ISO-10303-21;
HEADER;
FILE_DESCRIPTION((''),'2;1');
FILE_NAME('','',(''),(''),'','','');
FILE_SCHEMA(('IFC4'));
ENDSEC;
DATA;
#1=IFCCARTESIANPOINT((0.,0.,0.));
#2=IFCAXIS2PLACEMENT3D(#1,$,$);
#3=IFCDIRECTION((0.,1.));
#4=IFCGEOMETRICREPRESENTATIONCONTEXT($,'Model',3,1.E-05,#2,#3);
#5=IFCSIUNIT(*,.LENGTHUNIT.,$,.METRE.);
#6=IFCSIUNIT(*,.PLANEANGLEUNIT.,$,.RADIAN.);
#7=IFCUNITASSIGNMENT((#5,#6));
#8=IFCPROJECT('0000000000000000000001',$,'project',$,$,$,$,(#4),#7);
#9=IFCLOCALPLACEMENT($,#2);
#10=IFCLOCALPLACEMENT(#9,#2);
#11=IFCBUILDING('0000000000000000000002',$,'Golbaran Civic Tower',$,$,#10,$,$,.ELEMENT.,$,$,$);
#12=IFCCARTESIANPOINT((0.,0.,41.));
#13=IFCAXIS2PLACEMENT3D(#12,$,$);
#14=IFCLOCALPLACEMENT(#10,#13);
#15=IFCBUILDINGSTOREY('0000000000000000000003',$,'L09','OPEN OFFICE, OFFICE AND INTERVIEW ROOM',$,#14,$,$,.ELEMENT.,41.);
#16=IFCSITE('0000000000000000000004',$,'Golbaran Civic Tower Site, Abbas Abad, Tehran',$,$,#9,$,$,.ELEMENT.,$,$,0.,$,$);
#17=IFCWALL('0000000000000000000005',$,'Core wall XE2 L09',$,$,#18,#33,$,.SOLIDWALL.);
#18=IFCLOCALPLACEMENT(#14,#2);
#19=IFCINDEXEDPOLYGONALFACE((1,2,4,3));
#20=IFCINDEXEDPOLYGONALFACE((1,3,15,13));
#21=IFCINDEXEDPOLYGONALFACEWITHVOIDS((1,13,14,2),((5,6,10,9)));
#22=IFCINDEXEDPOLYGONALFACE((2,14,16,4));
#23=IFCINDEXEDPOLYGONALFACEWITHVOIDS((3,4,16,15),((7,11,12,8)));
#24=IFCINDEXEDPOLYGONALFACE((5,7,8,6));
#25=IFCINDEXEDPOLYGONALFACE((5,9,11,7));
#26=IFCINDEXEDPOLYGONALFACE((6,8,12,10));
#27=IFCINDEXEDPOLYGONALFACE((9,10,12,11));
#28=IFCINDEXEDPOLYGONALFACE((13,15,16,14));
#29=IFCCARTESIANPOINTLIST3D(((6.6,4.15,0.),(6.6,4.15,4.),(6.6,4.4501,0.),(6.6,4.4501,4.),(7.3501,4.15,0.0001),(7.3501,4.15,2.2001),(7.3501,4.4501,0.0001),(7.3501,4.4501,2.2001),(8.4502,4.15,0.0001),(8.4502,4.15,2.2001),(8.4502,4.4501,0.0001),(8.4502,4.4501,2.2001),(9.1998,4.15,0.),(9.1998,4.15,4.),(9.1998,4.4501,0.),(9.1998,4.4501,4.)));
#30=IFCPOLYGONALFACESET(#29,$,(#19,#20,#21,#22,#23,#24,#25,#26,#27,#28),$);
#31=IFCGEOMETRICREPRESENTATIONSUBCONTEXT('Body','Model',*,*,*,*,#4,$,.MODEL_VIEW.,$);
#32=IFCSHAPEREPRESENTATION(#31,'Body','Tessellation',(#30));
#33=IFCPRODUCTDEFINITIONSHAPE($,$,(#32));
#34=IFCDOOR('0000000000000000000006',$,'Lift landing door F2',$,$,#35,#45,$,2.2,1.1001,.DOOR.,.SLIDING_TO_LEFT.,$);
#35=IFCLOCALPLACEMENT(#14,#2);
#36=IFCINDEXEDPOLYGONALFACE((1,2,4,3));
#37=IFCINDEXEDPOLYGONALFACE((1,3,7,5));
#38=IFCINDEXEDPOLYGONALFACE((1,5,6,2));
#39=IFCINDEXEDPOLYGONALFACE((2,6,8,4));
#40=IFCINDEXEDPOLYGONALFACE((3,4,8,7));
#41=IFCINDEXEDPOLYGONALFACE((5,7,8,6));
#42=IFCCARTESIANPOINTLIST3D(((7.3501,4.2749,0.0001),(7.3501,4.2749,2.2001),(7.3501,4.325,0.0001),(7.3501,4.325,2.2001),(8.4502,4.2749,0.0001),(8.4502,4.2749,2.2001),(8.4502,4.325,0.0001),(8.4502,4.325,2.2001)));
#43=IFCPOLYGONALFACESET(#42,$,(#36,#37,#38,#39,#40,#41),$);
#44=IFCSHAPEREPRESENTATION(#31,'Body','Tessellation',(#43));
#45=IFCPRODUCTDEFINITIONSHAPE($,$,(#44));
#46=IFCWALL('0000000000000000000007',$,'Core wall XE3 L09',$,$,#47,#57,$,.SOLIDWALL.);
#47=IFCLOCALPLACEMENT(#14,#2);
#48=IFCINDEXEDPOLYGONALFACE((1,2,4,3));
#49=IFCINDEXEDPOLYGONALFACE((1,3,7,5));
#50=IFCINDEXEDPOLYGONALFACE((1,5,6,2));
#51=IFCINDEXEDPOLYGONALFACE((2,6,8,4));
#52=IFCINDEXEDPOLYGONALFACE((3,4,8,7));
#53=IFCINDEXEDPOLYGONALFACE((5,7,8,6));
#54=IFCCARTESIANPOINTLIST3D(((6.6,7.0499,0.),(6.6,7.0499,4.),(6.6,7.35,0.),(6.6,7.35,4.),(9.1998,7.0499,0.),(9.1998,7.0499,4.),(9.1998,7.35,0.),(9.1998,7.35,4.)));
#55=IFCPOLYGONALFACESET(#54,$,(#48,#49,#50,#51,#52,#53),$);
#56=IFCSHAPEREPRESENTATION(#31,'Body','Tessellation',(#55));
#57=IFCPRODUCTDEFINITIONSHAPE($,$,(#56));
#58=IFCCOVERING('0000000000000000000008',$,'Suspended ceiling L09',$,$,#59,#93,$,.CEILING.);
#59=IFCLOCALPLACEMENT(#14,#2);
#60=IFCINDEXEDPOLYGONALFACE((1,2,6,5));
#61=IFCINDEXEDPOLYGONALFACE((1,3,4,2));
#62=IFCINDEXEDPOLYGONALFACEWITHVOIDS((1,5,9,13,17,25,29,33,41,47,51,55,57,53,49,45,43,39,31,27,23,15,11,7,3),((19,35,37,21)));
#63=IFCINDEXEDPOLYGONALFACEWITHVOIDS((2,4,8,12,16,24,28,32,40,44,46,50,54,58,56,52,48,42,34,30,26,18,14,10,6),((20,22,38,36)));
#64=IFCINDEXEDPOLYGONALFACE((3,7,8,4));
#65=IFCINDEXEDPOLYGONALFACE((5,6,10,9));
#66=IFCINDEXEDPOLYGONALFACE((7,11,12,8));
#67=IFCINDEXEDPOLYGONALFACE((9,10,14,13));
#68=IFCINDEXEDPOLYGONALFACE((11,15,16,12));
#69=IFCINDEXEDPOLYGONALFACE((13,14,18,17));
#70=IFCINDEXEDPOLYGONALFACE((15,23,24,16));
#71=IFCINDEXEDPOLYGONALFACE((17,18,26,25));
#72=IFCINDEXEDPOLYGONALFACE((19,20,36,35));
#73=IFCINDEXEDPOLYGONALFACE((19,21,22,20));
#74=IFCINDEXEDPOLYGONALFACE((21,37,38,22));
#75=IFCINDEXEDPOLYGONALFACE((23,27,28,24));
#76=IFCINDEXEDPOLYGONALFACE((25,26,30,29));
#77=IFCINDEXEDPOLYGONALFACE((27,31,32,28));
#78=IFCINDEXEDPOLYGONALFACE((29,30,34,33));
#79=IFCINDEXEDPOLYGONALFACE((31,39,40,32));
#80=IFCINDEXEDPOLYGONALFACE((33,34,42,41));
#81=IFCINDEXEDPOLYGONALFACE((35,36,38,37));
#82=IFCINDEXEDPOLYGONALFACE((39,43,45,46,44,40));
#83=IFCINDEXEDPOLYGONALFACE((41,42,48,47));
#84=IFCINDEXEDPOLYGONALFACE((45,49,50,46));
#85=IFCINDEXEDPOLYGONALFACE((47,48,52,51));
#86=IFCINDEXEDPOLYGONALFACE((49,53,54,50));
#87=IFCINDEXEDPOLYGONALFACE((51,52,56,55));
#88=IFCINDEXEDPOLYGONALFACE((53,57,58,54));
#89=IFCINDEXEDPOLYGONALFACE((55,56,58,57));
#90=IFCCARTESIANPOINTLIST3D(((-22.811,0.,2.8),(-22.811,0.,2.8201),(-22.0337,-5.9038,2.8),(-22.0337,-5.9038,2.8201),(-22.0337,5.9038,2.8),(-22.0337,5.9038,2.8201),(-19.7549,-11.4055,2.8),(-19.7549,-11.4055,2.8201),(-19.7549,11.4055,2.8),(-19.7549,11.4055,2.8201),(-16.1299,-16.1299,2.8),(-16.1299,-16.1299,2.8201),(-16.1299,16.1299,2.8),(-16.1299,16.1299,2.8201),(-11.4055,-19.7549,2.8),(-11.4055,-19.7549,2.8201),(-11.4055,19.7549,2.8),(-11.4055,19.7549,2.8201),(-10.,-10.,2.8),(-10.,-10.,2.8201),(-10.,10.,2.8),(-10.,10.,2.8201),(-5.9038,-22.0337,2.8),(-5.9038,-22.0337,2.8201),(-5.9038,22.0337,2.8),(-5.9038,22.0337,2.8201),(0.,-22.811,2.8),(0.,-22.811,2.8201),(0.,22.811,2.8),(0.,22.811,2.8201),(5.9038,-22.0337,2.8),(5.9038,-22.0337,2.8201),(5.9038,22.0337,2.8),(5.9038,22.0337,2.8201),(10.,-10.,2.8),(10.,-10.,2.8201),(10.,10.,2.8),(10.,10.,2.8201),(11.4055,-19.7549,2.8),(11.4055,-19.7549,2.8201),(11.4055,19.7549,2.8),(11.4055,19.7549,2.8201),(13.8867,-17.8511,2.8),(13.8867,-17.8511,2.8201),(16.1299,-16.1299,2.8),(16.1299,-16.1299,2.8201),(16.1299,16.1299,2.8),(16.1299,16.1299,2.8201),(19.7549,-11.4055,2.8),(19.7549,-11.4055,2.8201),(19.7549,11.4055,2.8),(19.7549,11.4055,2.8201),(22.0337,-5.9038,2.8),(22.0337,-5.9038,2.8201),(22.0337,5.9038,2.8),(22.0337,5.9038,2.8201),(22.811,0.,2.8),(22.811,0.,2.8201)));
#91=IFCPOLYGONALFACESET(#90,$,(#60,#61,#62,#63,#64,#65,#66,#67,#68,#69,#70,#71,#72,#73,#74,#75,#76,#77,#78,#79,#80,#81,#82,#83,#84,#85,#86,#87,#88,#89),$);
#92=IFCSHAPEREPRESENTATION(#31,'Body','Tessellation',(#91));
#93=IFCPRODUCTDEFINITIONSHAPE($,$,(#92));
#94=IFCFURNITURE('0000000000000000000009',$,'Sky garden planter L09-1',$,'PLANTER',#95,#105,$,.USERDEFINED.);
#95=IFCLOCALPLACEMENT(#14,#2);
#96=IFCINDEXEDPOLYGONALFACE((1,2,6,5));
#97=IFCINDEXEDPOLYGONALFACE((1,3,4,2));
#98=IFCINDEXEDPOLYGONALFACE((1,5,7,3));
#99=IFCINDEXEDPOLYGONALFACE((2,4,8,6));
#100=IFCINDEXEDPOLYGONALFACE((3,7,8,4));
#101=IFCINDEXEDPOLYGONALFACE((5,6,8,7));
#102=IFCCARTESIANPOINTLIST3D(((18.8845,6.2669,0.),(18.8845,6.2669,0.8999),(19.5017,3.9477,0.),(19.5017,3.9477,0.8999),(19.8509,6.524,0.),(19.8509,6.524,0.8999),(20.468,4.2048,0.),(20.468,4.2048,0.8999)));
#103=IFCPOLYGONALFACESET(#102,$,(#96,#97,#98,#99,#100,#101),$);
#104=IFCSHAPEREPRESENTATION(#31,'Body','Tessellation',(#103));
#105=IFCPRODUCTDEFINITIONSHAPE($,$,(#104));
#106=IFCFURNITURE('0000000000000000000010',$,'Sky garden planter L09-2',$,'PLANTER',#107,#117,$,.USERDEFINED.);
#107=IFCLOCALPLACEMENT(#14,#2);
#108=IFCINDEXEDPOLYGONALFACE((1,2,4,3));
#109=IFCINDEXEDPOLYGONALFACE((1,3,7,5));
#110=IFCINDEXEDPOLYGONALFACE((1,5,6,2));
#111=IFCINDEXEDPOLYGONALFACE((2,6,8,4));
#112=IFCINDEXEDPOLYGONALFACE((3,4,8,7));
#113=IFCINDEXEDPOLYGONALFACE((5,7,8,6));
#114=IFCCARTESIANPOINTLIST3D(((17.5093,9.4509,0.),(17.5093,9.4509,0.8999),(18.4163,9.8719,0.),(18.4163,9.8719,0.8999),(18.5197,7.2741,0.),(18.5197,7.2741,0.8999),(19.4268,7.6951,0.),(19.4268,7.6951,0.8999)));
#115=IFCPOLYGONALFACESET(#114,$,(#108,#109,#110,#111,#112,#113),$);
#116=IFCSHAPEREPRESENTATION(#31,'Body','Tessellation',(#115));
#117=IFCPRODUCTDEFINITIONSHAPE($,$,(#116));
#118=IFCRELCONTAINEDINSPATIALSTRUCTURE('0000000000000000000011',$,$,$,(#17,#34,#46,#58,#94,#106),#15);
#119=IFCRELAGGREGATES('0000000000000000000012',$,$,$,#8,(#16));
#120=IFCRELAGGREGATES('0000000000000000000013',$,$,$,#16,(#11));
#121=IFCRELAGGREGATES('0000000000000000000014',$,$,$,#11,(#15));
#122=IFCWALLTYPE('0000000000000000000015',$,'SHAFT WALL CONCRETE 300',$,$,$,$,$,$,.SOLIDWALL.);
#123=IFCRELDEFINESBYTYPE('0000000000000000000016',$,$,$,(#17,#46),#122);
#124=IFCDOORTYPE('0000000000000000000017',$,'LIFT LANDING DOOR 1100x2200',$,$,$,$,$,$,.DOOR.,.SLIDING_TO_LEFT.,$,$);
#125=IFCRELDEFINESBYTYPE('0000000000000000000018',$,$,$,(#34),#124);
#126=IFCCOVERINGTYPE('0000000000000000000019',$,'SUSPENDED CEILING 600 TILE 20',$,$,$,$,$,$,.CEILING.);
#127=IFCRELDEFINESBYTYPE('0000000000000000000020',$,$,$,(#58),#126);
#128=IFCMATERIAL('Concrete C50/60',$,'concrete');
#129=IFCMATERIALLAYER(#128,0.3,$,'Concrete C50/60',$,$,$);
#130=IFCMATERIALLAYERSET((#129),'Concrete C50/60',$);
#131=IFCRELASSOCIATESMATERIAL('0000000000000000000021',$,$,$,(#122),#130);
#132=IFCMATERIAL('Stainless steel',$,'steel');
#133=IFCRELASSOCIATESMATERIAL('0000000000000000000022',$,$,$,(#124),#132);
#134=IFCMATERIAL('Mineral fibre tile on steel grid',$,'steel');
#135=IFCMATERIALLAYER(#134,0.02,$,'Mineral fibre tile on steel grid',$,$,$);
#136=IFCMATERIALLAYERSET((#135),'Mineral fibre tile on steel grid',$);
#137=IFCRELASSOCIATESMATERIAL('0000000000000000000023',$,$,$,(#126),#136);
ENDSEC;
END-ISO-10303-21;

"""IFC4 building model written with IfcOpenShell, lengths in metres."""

from ifc_helpers import new_model, si_unit, direction, frame, frame_2d, origin, origin_2d, place, context, subcontext, project, spatial, polyline, rectangle, outline, extrude, material, layer, layer_set, type_object, element, fill, save


model = new_model("IFC4")

# Units and contexts
model_context = context("Model", 3, precision=1e-05, world=origin(), true_north=direction((0.0, 1.0)))
body_context = subcontext(model_context, "Body", "Model", "MODEL_VIEW")
ifc_project = project(units=[si_unit("LENGTHUNIT", "METRE"), si_unit("PLANEANGLEUNIT", "RADIAN")], contexts=[model_context])

# Site, building, storey
site_placement = place(None, origin())
site = spatial("IfcSite", under=ifc_project, at=site_placement, Name="Golbaran Civic Tower Site, Abbas Abad, Tehran", CompositionType="ELEMENT", RefElevation=0.0)
building_placement = place(site_placement, origin())
building = spatial("IfcBuilding", under=site, at=building_placement, Name="Golbaran Civic Tower", CompositionType="ELEMENT")
storey_placement = place(building_placement, frame((0.0, 0.0, 41.0)))
storey = spatial("IfcBuildingStorey", under=building, at=storey_placement, Name="L09", Description="OPEN OFFICE, OFFICE AND INTERVIEW ROOM", CompositionType="ELEMENT", Elevation=41.0)

# Shared definitions
ifc_material_1 = material(Name="Concrete C50/60", Category="concrete")
ifc_layer_1 = layer(ifc_material_1, 0.3, Name="Concrete C50/60")
ifc_layer_set_1 = layer_set([ifc_layer_1], Name="Concrete C50/60")
wall_type_1 = type_object("IfcWallType", Name="SHAFT WALL CONCRETE 300", PredefinedType="SOLIDWALL", material=ifc_layer_set_1)
ifc_material_2 = material(Name="Stainless steel", Category="steel")
door_type_1 = type_object("IfcDoorType", Name="LIFT LANDING DOOR 1100x2200", OperationType="SLIDING_TO_LEFT", PredefinedType="DOOR", material=ifc_material_2)

# Wall, opening, door
wall_1_placement = place(storey_placement, frame((6.6001, 4.3, 0.0), z_axis=(0.0, 0.0, 1.0), x_axis=(1.0, 0.0, 0.0)))
wall_1 = element("IfcWall", 1, at=wall_1_placement, inside=storey, type_object=wall_type_1, Name="Core wall XE2 L09", PredefinedType="SOLIDWALL", context=body_context, shape_type="SweptSolid", body=[
    extrude(rectangle(XDim=2.5999, YDim=0.3, at=frame_2d((1.2998, 0.0))), origin(), (0.0, 0.0, 1.0), 4.0),
])
opening_1_placement = place(wall_1_placement, frame((0.75, 0.0, 0.0)))
opening_1 = element("IfcOpeningElement", 2, at=opening_1_placement, cuts=wall_1, PredefinedType="OPENING", context=body_context, shape_type="SweptSolid", body=[
    extrude(rectangle(XDim=1.1001, YDim=2.2, at=frame_2d((0.55, 1.1001))), frame((0.0, 0.1599, 0.0), z_axis=(0.0, -1.0, 0.0), x_axis=(1.0, 0.0, 0.0)), (0.0, 0.0, 1.0), 0.3201),
])
door_1_placement = place(opening_1_placement, origin())
door_1 = element("IfcDoor", 3, at=door_1_placement, inside=storey, type_object=door_type_1, Name="Lift landing door F2", OperationType="SLIDING_TO_LEFT", OverallHeight=2.2, OverallWidth=1.1001, PredefinedType="DOOR", context=body_context, shape_type="SweptSolid", body=[
    extrude(rectangle(XDim=1.1001, YDim=2.2, at=frame_2d((0.55, 1.1001))), frame((0.0, 0.0249, 0.0), z_axis=(0.0, -1.0, 0.0), x_axis=(1.0, 0.0, 0.0)), (0.0, 0.0, 1.0), 0.05),
])
fill(opening_1, door_1)

# Wall
wall_2_placement = place(storey_placement, frame((6.6001, 7.2, 0.0), z_axis=(0.0, 0.0, 1.0), x_axis=(1.0, 0.0, 0.0)))
element("IfcWall", 4, at=wall_2_placement, inside=storey, type_object=wall_type_1, Name="Core wall XE3 L09", PredefinedType="SOLIDWALL", context=body_context, shape_type="SweptSolid", body=[
    extrude(rectangle(XDim=2.5999, YDim=0.3, at=frame_2d((1.2998, 0.0))), origin(), (0.0, 0.0, 1.0), 4.0),
])

# Covering
ifc_material_3 = material(Name="Mineral fibre tile on steel grid", Category="steel")
ifc_layer_2 = layer(ifc_material_3, 0.02, Name="Mineral fibre tile on steel grid")
ifc_layer_set_2 = layer_set([ifc_layer_2], Name="Mineral fibre tile on steel grid")
covering_type = type_object("IfcCoveringType", Name="SUSPENDED CEILING 600 TILE 20", PredefinedType="CEILING", material=ifc_layer_set_2)
covering_placement = place(storey_placement, frame((0.0, 0.0, 2.8)))
element("IfcCovering", 5, at=covering_placement, inside=storey, type_object=covering_type, Name="Suspended ceiling L09", PredefinedType="CEILING", context=body_context, shape_type="SweptSolid", body=[
    extrude(outline(polyline([(-16.1299, 16.1299), (-11.4055, 19.7549), (-5.9038, 22.0337), (0.0, 22.811), (5.9038, 22.0337), (11.4055, 19.7549), (16.1299, 16.1299), (19.7549, 11.4055), (22.0337, 5.9038), (22.811, 0.0), (22.0337, -5.9038), (19.7549, -11.4055), (16.1299, -16.1299), (13.8867, -17.8511), (11.4055, -19.7549), (5.9038, -22.0337), (0.0, -22.811), (-5.9038, -22.0337), (-11.4055, -19.7549), (-16.1299, -16.1299), (-19.7549, -11.4055), (-22.0337, -5.9038), (-22.811, 0.0), (-22.0337, 5.9038), (-19.7549, 11.4055), (-16.1299, 16.1299)]), holes=[polyline([(-10.0, -10.0), (10.0, -10.0), (10.0, 10.0), (-10.0, 10.0), (-10.0, -10.0)])]), origin(), (0.0, 0.0, 1.0), 0.02),
])

# Furniture
for number, where, z_axis, x_axis, name in (
    (6, (19.6763, 5.2358, 0.0), (0.0, 0.0, 1.0), (-0.257154, 0.96637, 0.0), "Sky garden planter L09-1"),
    (7, (18.468, 8.573, 0.0), (0.0, 0.0, 1.0), (-0.421056, 0.907035, 0.0), "Sky garden planter L09-2"),
):
    element("IfcFurniture", number, at=place(storey_placement, frame(where, z_axis=z_axis, x_axis=x_axis)), inside=storey, Name=name, ObjectType="PLANTER", PredefinedType="USERDEFINED", context=body_context, shape_type="SweptSolid", body=[
        extrude(rectangle(XDim=2.3999, YDim=1.0, at=origin_2d()), origin(), (0.0, 0.0, 1.0), 0.8999),
    ])

save(model, "model.ifc")
